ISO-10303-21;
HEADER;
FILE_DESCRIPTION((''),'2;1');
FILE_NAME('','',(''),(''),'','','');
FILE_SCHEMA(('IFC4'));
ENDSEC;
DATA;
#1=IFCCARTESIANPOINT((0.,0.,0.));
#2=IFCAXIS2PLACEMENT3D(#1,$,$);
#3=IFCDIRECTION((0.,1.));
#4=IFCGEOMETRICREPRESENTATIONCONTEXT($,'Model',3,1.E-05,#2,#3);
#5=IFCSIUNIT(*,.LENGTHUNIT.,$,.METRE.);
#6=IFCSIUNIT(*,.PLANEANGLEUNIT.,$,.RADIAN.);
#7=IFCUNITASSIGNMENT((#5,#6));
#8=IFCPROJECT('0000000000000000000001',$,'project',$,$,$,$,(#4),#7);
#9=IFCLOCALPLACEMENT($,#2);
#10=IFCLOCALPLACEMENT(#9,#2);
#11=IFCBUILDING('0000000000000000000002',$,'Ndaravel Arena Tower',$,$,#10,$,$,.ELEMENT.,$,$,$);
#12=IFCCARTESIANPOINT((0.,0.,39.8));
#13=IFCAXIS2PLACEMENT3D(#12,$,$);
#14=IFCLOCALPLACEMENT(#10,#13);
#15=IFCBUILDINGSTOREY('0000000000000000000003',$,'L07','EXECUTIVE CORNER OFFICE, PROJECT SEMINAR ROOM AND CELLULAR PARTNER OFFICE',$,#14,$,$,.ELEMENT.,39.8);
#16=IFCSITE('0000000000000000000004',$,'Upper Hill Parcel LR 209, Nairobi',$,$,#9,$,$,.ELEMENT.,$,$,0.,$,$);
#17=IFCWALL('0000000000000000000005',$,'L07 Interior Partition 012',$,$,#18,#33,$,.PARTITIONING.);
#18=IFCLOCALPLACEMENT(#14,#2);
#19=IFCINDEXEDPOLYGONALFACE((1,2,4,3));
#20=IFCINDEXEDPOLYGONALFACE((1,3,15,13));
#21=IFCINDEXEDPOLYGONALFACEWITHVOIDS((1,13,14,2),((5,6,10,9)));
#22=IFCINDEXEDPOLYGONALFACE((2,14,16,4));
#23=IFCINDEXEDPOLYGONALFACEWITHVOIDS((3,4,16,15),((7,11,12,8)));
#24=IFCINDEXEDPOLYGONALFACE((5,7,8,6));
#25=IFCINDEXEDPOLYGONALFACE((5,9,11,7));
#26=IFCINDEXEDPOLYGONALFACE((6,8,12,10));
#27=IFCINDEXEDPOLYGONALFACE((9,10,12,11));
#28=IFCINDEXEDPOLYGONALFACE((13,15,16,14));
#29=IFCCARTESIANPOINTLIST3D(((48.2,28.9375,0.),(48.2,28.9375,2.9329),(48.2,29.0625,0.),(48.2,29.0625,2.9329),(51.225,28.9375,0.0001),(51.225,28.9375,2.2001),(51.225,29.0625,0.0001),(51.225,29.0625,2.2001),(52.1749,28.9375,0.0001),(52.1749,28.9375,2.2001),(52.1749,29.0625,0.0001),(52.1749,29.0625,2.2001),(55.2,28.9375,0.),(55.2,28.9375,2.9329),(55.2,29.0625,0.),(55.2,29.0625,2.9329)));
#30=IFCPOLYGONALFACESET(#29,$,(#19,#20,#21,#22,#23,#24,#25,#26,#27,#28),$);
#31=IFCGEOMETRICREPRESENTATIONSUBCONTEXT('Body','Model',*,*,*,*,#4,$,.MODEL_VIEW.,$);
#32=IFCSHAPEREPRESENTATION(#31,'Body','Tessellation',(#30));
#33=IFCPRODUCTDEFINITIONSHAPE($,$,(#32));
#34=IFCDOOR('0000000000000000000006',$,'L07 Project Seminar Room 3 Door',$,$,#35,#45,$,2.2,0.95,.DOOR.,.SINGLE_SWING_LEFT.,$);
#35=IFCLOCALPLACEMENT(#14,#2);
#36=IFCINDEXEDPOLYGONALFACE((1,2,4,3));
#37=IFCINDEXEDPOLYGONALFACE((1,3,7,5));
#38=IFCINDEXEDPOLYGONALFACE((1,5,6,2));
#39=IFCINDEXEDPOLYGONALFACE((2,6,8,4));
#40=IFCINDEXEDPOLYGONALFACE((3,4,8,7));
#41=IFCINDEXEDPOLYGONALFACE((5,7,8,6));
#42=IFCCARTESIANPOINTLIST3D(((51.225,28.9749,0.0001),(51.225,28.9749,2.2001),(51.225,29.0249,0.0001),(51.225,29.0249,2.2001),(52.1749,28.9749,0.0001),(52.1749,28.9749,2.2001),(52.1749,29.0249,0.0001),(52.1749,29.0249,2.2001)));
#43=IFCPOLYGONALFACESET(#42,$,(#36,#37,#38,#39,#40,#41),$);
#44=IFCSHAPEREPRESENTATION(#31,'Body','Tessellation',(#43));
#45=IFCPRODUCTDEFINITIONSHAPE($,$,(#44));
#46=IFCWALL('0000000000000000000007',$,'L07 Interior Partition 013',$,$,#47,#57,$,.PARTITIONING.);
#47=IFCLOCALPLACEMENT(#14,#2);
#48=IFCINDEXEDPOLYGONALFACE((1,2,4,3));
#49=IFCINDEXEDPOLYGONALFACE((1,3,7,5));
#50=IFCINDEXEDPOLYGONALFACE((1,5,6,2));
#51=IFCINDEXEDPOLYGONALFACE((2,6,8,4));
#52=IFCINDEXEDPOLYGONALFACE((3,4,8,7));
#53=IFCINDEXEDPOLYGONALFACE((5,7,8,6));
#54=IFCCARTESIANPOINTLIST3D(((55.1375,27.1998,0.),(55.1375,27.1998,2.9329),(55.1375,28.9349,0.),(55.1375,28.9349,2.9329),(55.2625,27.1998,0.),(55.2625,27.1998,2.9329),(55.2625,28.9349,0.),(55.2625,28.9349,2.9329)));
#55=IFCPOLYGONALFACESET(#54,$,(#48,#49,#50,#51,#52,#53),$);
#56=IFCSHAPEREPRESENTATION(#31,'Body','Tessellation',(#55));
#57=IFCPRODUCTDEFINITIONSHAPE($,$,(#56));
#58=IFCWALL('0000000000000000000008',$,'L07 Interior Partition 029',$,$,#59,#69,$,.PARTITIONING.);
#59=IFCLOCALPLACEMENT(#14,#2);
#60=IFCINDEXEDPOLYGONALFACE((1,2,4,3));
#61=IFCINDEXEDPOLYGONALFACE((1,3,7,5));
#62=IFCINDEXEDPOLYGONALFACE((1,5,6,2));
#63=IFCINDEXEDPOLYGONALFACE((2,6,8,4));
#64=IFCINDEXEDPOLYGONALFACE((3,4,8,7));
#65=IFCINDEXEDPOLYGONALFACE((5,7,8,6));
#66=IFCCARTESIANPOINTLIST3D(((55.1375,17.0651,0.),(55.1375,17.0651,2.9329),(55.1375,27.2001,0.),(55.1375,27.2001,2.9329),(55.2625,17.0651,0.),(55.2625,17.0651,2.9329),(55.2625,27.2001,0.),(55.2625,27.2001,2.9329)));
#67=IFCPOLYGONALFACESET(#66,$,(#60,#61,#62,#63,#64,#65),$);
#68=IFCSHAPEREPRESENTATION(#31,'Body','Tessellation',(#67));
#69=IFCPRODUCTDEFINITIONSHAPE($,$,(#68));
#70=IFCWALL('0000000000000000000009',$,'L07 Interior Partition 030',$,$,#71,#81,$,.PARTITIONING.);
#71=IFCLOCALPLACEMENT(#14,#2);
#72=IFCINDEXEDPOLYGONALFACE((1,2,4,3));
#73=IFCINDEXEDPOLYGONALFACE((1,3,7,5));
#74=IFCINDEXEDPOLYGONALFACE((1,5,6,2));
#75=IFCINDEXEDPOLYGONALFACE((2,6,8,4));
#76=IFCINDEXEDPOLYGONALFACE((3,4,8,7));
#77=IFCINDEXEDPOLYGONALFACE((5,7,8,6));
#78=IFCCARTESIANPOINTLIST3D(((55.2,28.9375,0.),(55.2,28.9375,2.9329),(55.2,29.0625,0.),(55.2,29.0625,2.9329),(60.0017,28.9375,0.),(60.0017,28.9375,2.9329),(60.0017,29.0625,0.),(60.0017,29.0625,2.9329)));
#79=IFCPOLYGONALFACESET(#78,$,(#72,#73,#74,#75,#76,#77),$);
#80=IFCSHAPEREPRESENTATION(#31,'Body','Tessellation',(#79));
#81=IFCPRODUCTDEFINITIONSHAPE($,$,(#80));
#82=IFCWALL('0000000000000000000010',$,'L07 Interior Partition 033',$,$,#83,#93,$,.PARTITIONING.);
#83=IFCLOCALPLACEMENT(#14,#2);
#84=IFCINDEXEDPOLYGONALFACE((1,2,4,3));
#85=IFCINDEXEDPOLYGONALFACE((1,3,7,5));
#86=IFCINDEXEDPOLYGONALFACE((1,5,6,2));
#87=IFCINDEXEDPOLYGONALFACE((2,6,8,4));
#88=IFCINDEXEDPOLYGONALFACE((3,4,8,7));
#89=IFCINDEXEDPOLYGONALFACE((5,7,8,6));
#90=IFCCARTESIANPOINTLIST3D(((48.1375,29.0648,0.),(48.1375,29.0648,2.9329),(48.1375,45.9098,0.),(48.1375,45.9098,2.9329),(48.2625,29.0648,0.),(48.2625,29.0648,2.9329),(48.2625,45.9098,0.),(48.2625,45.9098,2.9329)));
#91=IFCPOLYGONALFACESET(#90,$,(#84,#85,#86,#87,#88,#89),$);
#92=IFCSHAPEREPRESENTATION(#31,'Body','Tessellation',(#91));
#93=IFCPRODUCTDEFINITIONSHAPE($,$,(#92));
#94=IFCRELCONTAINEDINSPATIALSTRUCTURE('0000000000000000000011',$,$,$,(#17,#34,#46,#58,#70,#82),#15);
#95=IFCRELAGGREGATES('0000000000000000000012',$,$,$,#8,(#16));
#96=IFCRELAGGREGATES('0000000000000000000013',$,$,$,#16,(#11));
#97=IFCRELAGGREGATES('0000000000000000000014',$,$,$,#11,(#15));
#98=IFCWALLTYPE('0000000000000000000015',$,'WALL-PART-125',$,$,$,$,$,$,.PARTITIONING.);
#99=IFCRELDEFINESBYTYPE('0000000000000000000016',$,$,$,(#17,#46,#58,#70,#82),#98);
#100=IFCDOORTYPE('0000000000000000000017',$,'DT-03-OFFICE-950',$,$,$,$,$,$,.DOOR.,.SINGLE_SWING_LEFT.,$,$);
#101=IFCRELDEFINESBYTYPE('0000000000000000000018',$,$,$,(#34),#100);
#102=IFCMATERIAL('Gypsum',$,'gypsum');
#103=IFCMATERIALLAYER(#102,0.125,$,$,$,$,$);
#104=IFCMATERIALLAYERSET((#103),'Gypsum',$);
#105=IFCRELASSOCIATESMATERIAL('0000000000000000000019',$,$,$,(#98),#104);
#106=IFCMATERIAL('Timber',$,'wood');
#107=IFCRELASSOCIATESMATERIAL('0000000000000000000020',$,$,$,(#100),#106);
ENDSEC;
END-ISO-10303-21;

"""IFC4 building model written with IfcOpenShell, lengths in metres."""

from ifc_helpers import new_model, si_unit, direction, frame, frame_2d, origin, place, context, subcontext, project, spatial, rectangle, extrude, material, layer, layer_set, type_object, element, fill, save


model = new_model("IFC4")

# Units and contexts
model_context = context("Model", 3, precision=1e-05, world=origin(), true_north=direction((0.0, 1.0)))
body_context = subcontext(model_context, "Body", "Model", "MODEL_VIEW")
ifc_project = project(units=[si_unit("LENGTHUNIT", "METRE"), si_unit("PLANEANGLEUNIT", "RADIAN")], contexts=[model_context])

# Site, building, storey
site_placement = place(None, origin())
site = spatial("IfcSite", under=ifc_project, at=site_placement, Name="Upper Hill Parcel LR 209, Nairobi", CompositionType="ELEMENT", RefElevation=0.0)
building_placement = place(site_placement, origin())
building = spatial("IfcBuilding", under=site, at=building_placement, Name="Ndaravel Arena Tower", CompositionType="ELEMENT")
storey_placement = place(building_placement, frame((0.0, 0.0, 39.8)))
storey = spatial("IfcBuildingStorey", under=building, at=storey_placement, Name="L07", Description="EXECUTIVE CORNER OFFICE, PROJECT SEMINAR ROOM AND CELLULAR PARTNER OFFICE", CompositionType="ELEMENT", Elevation=39.8)

# Wall, opening, door
ifc_material_1 = material(Name="Gypsum", Category="gypsum")
ifc_layer_1 = layer(ifc_material_1, 0.125)
ifc_layer_set_1 = layer_set([ifc_layer_1], Name="Gypsum")
wall_type = type_object("IfcWallType", Name="WALL-PART-125", PredefinedType="PARTITIONING", material=ifc_layer_set_1)
wall_1_placement = place(storey_placement, frame((48.2, 29.0, 0.0), z_axis=(0.0, 0.0, 1.0), x_axis=(1.0, 0.0, 0.0)))
wall_1 = element("IfcWall", 1, at=wall_1_placement, inside=storey, type_object=wall_type, Name="L07 Interior Partition 012", PredefinedType="PARTITIONING", context=body_context, shape_type="SweptSolid", body=[
    extrude(rectangle(XDim=7.0, YDim=0.125, at=frame_2d((3.5, 0.0))), origin(), (0.0, 0.0, 1.0), 2.9329),
])
opening_placement = place(wall_1_placement, frame((3.0249, 0.0, 0.0)))
opening = element("IfcOpeningElement", 2, at=opening_placement, cuts=wall_1, PredefinedType="OPENING", context=body_context, shape_type="SweptSolid", body=[
    extrude(rectangle(XDim=0.95, YDim=2.2, at=frame_2d((0.4751, 1.1001))), frame((0.0, 0.0625, 0.0), z_axis=(0.0, -1.0, 0.0), x_axis=(1.0, 0.0, 0.0)), (0.0, 0.0, 1.0), 0.125),
])
ifc_material_2 = material(Name="Timber", Category="wood")
door_type = type_object("IfcDoorType", Name="DT-03-OFFICE-950", OperationType="SINGLE_SWING_LEFT", PredefinedType="DOOR", material=ifc_material_2)
door_placement = place(opening_placement, origin())
door = element("IfcDoor", 3, at=door_placement, inside=storey, type_object=door_type, Name="L07 Project Seminar Room 3 Door", OperationType="SINGLE_SWING_LEFT", OverallHeight=2.2, OverallWidth=0.95, PredefinedType="DOOR", context=body_context, shape_type="SweptSolid", body=[
    extrude(rectangle(XDim=0.95, YDim=2.2, at=frame_2d((0.4751, 1.1001))), frame((0.0, 0.0249, 0.0), z_axis=(0.0, -1.0, 0.0), x_axis=(1.0, 0.0, 0.0)), (0.0, 0.0, 1.0), 0.05),
])
fill(opening, door)

# Walls
wall_2_placement = place(storey_placement, frame((55.2, 28.9351, 0.0), z_axis=(0.0, 0.0, 1.0), x_axis=(0.0, -1.0, 0.0)))
element("IfcWall", 4, at=wall_2_placement, inside=storey, type_object=wall_type, Name="L07 Interior Partition 013", PredefinedType="PARTITIONING", context=body_context, shape_type="SweptSolid", body=[
    extrude(rectangle(XDim=1.7351, YDim=0.125, at=frame_2d((0.8677, 0.0))), origin(), (0.0, 0.0, 1.0), 2.9329),
])
wall_3_placement = place(storey_placement, frame((55.2, 27.2, 0.0), z_axis=(0.0, 0.0, 1.0), x_axis=(0.0, -1.0, 0.0)))
element("IfcWall", 5, at=wall_3_placement, inside=storey, type_object=wall_type, Name="L07 Interior Partition 029", PredefinedType="PARTITIONING", context=body_context, shape_type="SweptSolid", body=[
    extrude(rectangle(XDim=10.135, YDim=0.125, at=frame_2d((5.0674, 0.0))), origin(), (0.0, 0.0, 1.0), 2.9329),
])
wall_4_placement = place(storey_placement, frame((55.2, 29.0, 0.0), z_axis=(0.0, 0.0, 1.0), x_axis=(1.0, 0.0, 0.0)))
element("IfcWall", 6, at=wall_4_placement, inside=storey, type_object=wall_type, Name="L07 Interior Partition 030", PredefinedType="PARTITIONING", context=body_context, shape_type="SweptSolid", body=[
    extrude(rectangle(XDim=4.8018, YDim=0.125, at=frame_2d((2.4009, 0.0))), origin(), (0.0, 0.0, 1.0), 2.9329),
])
wall_5_placement = place(storey_placement, frame((48.2, 29.0649, 0.0), z_axis=(0.0, 0.0, 1.0), x_axis=(0.0, 1.0, 0.0)))
element("IfcWall", 7, at=wall_5_placement, inside=storey, type_object=wall_type, Name="L07 Interior Partition 033", PredefinedType="PARTITIONING", context=body_context, shape_type="SweptSolid", body=[
    extrude(rectangle(XDim=16.845, YDim=0.125, at=frame_2d((8.4224, 0.0))), origin(), (0.0, 0.0, 1.0), 2.9329),
])

save(model, "model.ifc")
